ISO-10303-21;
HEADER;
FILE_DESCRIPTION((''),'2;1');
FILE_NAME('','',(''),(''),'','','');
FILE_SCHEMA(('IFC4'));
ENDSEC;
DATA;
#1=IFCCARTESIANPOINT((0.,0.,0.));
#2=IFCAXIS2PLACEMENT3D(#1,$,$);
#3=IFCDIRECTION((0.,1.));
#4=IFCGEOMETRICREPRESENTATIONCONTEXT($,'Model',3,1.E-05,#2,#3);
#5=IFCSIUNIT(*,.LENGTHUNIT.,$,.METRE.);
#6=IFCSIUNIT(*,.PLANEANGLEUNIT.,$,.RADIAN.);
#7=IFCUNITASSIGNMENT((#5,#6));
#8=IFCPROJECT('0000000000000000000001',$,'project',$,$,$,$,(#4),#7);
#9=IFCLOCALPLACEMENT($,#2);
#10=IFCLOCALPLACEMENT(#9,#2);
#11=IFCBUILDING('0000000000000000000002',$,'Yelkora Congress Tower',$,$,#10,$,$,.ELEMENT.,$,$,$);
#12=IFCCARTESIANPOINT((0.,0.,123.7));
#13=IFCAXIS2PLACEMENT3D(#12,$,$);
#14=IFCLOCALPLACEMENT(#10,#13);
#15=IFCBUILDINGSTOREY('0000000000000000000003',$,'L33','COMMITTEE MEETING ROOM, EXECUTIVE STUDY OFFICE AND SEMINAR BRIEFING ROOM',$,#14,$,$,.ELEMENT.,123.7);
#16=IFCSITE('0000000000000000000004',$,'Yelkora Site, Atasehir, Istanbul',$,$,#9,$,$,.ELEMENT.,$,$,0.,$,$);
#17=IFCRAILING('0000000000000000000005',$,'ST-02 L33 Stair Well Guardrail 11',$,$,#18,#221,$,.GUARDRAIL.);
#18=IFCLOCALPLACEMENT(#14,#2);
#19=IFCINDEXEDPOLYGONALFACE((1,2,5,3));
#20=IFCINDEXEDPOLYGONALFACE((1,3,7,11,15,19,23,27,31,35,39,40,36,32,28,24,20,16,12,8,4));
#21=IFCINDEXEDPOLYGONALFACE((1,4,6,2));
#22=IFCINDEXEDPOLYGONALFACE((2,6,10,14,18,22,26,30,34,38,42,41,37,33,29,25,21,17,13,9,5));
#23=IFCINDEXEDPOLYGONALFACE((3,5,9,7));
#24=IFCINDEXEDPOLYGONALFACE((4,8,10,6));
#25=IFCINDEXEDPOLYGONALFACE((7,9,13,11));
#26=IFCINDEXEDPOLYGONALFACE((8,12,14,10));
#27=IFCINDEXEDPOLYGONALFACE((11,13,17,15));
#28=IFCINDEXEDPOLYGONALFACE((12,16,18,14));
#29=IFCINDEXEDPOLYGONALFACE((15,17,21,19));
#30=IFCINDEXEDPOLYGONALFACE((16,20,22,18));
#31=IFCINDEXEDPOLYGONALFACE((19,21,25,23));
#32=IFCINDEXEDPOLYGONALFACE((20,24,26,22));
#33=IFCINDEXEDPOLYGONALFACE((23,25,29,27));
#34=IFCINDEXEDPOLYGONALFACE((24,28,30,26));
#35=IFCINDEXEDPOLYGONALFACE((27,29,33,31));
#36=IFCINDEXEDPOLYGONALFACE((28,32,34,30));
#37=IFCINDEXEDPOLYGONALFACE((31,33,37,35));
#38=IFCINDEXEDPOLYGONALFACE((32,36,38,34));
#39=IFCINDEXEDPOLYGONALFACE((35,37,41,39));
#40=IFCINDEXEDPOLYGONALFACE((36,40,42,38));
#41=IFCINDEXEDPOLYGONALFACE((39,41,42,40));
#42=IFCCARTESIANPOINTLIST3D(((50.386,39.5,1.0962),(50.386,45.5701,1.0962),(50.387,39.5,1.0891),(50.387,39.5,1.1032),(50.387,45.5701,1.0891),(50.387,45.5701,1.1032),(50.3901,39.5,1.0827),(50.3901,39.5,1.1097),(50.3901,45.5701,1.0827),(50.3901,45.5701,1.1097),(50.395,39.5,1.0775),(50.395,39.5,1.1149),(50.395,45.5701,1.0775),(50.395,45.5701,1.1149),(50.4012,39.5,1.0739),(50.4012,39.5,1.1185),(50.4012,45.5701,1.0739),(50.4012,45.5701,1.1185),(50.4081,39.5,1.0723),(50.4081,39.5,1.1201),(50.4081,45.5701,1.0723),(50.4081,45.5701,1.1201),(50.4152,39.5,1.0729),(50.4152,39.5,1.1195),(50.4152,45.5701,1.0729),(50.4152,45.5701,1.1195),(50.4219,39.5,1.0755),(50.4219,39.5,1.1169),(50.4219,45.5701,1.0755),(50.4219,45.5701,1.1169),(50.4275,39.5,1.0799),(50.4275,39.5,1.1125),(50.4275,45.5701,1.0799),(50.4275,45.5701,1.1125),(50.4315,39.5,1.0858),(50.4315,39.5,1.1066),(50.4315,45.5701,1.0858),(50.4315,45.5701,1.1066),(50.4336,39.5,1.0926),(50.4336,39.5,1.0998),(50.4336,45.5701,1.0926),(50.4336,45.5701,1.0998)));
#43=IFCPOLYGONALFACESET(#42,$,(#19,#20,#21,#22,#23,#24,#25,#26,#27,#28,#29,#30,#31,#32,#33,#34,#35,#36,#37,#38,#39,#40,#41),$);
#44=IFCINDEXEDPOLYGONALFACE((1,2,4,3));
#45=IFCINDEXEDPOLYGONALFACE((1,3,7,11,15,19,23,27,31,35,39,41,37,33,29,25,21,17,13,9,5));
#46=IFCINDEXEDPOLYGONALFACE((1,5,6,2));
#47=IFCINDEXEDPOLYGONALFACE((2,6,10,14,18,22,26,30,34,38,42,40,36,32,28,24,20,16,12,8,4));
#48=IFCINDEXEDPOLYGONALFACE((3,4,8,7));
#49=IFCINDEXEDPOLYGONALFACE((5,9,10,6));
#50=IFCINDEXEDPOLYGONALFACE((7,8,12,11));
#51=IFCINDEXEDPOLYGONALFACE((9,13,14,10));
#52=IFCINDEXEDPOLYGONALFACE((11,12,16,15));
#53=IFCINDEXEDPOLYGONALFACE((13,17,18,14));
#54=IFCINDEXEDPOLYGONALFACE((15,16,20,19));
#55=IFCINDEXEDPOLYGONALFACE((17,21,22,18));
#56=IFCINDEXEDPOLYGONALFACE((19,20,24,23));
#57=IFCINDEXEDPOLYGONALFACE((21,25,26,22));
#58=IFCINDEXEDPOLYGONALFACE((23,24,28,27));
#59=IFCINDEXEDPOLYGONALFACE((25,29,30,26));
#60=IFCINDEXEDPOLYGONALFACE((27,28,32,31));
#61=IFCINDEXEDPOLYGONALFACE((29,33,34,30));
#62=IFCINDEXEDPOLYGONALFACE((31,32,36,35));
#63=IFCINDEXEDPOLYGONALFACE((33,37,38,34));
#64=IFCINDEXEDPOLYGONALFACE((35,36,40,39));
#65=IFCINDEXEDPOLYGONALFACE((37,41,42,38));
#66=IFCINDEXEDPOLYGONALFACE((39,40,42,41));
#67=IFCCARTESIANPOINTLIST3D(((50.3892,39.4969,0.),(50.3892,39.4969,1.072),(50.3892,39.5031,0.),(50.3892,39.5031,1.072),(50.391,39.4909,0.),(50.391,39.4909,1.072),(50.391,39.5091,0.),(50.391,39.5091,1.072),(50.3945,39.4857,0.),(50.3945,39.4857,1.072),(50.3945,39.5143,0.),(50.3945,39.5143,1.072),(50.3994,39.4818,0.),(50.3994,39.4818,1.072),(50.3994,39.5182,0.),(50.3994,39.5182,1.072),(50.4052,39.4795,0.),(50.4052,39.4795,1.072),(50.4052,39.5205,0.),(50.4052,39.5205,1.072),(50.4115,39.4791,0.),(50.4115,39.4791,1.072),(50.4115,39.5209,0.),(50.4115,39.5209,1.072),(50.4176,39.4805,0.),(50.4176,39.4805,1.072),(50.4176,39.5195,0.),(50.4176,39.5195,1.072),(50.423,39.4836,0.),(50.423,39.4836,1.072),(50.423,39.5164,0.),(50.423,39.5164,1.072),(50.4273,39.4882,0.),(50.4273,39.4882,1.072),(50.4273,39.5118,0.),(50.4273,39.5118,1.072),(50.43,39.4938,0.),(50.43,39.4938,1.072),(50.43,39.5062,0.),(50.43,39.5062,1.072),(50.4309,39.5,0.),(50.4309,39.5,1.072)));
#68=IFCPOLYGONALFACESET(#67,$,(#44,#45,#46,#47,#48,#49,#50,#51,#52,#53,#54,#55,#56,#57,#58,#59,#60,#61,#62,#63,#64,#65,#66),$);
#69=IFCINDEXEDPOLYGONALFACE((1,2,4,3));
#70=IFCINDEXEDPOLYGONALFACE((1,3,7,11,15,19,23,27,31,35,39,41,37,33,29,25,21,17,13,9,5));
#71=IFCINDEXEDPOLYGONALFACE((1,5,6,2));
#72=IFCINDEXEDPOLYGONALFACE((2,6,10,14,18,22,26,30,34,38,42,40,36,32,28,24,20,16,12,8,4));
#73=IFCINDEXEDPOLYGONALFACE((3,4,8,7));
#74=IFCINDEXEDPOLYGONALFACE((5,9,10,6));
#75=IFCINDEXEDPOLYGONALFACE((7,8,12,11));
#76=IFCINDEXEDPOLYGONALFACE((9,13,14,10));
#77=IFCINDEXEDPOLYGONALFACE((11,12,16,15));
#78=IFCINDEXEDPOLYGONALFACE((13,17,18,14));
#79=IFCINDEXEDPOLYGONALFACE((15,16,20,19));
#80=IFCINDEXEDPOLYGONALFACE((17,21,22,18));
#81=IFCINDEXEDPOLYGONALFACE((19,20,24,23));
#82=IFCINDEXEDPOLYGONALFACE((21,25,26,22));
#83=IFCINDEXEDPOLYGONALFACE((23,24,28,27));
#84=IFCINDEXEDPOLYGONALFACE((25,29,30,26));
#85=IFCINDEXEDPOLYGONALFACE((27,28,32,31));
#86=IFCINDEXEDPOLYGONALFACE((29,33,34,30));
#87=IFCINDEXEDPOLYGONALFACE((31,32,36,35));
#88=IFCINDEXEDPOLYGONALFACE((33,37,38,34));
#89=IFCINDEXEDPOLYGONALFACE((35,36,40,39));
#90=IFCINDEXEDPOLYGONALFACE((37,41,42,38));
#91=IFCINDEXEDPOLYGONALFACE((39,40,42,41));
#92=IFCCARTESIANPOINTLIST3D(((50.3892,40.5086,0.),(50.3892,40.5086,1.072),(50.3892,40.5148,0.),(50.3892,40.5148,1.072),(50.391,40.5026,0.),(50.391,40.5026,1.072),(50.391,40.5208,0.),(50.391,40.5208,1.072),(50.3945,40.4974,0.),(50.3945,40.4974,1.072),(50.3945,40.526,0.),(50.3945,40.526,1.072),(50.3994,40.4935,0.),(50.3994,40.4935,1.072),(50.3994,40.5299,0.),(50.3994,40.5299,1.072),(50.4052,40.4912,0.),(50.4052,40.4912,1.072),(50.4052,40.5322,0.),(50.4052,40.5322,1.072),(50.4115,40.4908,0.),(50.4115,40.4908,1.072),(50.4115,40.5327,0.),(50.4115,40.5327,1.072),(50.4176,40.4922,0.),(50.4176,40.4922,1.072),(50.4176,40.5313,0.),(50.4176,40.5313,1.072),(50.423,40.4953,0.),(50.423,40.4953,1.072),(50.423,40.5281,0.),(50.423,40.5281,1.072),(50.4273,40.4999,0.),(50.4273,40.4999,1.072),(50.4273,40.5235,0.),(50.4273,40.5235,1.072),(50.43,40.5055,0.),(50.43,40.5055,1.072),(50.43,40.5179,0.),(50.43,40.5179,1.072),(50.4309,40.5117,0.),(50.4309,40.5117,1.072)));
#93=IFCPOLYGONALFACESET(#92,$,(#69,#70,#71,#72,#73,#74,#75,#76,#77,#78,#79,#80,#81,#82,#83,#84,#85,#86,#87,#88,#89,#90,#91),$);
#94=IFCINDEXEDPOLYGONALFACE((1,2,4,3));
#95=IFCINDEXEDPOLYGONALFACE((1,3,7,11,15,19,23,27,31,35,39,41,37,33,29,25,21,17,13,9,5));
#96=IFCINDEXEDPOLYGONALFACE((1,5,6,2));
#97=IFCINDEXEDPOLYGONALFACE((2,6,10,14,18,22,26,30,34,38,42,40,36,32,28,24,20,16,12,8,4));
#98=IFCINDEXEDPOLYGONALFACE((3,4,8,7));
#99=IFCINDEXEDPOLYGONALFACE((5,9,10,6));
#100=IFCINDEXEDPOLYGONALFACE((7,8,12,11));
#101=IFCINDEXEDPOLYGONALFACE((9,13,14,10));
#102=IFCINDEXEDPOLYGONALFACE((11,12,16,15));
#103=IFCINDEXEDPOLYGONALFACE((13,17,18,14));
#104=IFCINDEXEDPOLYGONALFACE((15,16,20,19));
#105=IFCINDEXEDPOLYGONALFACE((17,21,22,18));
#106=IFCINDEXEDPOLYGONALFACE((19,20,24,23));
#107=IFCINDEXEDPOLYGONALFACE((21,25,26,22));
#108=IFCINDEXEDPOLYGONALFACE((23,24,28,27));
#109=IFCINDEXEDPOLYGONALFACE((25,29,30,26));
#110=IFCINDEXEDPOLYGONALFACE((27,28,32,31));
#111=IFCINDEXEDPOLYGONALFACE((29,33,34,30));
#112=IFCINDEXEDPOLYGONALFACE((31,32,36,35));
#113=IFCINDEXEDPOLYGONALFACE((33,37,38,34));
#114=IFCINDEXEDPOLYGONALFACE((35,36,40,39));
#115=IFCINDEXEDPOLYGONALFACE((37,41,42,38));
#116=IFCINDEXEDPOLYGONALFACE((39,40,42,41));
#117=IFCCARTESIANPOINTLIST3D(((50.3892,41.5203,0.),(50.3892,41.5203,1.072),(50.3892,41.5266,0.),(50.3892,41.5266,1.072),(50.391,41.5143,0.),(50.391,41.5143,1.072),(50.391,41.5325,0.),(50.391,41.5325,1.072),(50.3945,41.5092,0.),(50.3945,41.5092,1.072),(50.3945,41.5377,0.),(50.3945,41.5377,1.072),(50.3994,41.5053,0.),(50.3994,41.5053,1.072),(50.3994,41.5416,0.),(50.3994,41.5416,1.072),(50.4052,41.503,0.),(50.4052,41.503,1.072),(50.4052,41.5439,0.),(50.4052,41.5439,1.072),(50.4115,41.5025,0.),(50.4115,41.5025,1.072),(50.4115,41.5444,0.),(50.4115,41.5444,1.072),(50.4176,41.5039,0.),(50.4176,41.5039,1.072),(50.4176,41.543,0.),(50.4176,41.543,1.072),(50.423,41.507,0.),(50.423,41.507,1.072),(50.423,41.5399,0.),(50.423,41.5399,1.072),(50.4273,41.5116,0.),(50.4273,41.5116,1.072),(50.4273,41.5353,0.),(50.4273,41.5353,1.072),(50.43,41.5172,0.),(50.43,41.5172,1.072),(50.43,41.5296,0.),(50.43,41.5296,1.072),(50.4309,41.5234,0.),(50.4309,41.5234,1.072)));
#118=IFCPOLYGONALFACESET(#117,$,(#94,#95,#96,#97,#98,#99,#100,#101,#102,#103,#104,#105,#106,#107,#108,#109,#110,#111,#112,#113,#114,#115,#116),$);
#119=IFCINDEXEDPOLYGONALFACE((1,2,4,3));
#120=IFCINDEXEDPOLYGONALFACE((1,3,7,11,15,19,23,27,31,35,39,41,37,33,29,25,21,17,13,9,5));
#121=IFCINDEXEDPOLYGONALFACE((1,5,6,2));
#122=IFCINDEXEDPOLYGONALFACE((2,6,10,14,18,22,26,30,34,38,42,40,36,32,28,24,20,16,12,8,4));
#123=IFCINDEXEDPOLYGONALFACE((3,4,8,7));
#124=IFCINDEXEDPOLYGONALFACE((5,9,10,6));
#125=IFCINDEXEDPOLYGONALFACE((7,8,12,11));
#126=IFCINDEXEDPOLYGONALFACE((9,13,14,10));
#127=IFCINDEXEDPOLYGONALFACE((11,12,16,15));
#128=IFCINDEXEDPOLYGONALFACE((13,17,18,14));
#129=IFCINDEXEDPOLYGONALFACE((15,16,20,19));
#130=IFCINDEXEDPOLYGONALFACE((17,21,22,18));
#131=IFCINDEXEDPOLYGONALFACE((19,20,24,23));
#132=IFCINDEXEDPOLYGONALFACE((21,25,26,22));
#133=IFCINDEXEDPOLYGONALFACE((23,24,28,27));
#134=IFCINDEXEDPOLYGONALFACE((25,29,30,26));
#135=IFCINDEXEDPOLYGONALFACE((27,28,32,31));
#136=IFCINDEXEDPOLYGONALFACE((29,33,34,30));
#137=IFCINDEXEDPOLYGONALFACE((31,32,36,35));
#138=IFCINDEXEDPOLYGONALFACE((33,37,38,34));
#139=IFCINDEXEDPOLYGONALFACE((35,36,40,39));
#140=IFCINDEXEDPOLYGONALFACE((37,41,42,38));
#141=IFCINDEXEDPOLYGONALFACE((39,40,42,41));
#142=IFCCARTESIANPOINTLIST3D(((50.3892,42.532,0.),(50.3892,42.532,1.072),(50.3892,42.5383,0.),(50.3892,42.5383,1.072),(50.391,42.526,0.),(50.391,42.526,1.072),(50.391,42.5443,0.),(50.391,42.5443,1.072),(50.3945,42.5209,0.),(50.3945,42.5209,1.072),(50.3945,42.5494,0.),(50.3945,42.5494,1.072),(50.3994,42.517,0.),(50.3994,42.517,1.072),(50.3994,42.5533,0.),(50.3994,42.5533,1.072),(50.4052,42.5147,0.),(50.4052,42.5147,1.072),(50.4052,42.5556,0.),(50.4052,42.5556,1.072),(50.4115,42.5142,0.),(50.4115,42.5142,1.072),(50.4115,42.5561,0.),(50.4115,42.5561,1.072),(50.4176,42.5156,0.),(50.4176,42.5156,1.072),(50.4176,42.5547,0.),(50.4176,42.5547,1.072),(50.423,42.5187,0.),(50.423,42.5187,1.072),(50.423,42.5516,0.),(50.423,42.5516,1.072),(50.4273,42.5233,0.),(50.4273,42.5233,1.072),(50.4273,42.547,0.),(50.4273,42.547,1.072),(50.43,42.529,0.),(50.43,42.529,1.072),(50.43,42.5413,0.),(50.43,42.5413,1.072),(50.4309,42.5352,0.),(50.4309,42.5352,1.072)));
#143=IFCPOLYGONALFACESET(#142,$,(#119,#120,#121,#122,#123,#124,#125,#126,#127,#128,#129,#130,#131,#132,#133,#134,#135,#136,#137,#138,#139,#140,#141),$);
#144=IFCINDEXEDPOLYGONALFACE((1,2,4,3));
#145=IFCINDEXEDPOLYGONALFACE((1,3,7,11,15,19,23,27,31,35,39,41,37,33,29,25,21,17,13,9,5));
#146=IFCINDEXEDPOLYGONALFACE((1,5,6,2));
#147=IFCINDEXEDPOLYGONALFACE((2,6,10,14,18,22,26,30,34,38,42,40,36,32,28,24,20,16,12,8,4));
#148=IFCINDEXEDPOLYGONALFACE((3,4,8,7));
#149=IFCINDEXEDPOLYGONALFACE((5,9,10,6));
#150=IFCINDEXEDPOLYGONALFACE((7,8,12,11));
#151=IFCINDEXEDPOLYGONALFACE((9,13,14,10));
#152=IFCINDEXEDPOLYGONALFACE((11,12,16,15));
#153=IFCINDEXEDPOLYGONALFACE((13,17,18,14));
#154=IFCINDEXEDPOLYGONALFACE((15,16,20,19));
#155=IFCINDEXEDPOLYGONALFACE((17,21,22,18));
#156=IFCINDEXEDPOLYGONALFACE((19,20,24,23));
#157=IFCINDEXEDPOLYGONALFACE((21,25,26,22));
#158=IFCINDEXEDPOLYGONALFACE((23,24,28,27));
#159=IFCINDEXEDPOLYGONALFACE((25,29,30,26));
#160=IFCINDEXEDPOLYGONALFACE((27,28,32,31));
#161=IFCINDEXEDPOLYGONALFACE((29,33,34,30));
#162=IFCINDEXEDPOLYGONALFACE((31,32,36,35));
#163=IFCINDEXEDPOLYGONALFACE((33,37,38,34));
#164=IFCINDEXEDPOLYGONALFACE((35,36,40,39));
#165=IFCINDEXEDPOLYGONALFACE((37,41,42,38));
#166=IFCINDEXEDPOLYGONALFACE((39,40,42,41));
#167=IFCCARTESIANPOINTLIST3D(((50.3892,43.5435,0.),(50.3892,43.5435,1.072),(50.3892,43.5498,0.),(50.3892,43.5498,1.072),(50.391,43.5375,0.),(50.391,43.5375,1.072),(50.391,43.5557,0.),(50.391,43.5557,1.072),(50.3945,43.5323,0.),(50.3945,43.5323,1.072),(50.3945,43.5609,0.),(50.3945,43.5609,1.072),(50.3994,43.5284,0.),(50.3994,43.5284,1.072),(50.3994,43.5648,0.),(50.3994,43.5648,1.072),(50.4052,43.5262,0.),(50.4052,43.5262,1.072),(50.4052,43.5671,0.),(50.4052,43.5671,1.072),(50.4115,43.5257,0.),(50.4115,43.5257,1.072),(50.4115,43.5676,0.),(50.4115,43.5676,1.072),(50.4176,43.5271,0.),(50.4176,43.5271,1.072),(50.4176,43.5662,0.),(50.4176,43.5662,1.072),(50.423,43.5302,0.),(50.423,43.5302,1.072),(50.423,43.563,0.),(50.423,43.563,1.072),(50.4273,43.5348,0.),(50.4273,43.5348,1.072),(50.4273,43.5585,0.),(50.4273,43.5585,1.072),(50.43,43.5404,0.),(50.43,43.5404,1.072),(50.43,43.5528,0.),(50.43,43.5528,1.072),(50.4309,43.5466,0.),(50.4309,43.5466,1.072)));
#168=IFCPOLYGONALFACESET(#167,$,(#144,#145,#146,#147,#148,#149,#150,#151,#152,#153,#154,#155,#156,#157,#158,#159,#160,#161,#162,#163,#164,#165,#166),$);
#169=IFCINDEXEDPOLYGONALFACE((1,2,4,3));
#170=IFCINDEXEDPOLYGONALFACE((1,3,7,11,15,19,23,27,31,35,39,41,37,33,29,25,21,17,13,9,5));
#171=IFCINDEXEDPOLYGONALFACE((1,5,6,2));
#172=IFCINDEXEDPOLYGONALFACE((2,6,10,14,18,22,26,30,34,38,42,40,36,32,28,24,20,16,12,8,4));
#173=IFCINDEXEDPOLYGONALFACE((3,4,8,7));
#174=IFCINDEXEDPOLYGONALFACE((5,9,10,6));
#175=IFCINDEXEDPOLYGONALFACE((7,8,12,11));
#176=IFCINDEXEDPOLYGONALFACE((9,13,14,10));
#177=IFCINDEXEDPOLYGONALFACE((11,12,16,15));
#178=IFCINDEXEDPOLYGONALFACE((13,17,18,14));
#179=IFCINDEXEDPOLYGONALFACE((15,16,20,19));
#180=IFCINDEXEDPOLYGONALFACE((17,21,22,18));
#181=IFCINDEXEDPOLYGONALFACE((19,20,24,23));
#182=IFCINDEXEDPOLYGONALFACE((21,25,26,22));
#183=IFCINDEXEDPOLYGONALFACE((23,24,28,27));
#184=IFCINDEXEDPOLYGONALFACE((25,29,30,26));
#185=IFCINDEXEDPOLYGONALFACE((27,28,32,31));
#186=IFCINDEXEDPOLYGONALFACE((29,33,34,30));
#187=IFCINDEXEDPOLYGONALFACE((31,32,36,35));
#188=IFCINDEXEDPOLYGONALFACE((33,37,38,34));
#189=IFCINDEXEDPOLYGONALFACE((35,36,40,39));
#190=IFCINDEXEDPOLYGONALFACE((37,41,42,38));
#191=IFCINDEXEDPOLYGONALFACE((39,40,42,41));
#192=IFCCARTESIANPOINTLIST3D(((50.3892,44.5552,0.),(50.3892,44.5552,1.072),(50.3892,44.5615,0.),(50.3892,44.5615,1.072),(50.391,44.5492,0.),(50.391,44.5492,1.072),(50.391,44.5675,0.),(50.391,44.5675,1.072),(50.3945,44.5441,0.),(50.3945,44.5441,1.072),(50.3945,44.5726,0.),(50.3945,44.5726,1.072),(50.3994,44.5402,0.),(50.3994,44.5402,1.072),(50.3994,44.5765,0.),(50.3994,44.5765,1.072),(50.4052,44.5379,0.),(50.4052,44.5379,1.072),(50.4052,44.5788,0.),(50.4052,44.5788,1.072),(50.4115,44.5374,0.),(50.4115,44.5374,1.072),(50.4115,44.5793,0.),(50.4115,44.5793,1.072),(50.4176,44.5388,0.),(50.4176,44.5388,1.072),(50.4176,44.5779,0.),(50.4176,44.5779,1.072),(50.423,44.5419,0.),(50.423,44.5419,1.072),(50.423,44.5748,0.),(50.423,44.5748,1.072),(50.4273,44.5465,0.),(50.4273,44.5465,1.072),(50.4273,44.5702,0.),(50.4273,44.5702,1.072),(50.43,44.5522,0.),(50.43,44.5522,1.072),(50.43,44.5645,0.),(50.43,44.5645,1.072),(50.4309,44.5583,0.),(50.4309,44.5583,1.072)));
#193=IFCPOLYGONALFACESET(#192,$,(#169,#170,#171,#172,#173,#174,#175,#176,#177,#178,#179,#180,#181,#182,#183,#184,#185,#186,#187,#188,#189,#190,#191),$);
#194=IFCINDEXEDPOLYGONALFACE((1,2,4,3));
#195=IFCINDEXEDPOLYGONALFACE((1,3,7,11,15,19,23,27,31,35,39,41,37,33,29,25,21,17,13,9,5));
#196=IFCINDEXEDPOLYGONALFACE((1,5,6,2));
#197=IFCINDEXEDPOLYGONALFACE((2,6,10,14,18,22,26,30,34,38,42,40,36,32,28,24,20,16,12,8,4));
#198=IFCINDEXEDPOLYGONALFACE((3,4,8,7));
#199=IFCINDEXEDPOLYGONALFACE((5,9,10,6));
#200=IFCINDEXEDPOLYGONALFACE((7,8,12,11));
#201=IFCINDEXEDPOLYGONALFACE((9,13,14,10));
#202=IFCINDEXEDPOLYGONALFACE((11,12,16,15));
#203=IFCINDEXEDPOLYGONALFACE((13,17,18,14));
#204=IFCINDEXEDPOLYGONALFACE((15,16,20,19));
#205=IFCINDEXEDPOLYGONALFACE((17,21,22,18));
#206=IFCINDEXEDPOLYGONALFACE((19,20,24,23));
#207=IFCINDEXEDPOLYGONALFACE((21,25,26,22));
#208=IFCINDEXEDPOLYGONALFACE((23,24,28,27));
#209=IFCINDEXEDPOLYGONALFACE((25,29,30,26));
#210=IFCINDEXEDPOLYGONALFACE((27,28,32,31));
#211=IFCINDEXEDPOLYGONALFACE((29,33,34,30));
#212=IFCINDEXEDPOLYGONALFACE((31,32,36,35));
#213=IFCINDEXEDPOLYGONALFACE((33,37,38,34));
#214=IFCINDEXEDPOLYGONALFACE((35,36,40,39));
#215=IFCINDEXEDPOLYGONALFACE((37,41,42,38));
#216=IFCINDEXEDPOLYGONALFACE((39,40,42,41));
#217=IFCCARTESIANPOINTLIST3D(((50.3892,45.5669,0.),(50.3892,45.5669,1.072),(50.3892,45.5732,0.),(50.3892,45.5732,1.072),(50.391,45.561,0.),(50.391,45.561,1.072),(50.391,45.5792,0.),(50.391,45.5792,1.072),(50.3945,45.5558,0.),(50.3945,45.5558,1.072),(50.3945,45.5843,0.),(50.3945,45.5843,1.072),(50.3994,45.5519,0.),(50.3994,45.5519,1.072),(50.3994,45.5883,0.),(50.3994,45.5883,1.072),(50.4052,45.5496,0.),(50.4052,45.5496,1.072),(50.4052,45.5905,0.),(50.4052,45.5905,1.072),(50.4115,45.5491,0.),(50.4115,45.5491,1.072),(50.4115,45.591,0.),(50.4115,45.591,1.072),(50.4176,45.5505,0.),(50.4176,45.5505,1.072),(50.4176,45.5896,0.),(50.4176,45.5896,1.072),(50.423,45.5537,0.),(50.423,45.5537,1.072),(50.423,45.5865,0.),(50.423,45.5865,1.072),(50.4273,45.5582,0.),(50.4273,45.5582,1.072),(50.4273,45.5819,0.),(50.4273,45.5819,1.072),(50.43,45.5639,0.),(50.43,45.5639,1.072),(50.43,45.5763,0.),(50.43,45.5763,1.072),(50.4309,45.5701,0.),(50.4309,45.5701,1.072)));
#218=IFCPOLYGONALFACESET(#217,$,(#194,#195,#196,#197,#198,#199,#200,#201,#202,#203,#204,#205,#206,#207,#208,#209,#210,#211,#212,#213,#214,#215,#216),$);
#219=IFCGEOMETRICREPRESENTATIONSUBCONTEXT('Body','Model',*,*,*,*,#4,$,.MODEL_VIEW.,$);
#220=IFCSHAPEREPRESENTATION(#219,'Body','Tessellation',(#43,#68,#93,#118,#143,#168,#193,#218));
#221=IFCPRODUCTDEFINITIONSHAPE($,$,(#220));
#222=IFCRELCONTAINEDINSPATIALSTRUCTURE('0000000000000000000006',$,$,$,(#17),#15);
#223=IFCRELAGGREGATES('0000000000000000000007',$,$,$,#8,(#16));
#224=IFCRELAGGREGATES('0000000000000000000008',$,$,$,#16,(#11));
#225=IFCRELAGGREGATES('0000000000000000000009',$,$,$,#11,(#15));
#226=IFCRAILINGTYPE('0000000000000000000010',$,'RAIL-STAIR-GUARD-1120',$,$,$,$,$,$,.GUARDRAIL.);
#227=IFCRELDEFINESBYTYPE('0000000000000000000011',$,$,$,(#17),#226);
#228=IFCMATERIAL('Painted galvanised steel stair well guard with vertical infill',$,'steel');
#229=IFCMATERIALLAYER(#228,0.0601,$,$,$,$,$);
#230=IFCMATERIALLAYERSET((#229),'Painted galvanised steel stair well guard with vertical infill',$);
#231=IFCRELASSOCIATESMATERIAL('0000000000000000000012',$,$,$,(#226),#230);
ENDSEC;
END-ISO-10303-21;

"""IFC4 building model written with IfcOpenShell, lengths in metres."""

from ifc_helpers import new_model, si_unit, direction, frame, origin, origin_2d, place, context, subcontext, project, spatial, circle, extrude, material, layer, layer_set, type_object, element, save


model = new_model("IFC4")

# Units and contexts
model_context = context("Model", 3, precision=1e-05, world=origin(), true_north=direction((0.0, 1.0)))
body_context = subcontext(model_context, "Body", "Model", "MODEL_VIEW")
ifc_project = project(units=[si_unit("LENGTHUNIT", "METRE"), si_unit("PLANEANGLEUNIT", "RADIAN")], contexts=[model_context])

# Site, building, storey
site_placement = place(None, origin())
site = spatial("IfcSite", under=ifc_project, at=site_placement, Name="Yelkora Site, Atasehir, Istanbul", CompositionType="ELEMENT", RefElevation=0.0)
building_placement = place(site_placement, origin())
building = spatial("IfcBuilding", under=site, at=building_placement, Name="Yelkora Congress Tower", CompositionType="ELEMENT")
storey_placement = place(building_placement, frame((0.0, 0.0, 123.7)))
storey = spatial("IfcBuildingStorey", under=building, at=storey_placement, Name="L33", Description="COMMITTEE MEETING ROOM, EXECUTIVE STUDY OFFICE AND SEMINAR BRIEFING ROOM", CompositionType="ELEMENT", Elevation=123.7)

# Railing
ifc_material_1 = material(Name="Painted galvanised steel stair well guard with vertical infill", Category="steel")
ifc_layer_1 = layer(ifc_material_1, 0.0601)
ifc_layer_set_1 = layer_set([ifc_layer_1], Name="Painted galvanised steel stair well guard with vertical infill")
railing_type_1 = type_object("IfcRailingType", Name="RAIL-STAIR-GUARD-1120", PredefinedType="GUARDRAIL", material=ifc_layer_set_1)
railing_1_placement = place(storey_placement, frame((50.4099, 39.5, 0.0)))
element("IfcRailing", 1, at=railing_1_placement, inside=storey, type_object=railing_type_1, Name="ST-02 L33 Stair Well Guardrail 11", PredefinedType="GUARDRAIL", context=body_context, shape_type="SweptSolid", body=[
    extrude(circle(Radius=0.0239, at=origin_2d()), frame((0.0, 0.0, 1.0962), z_axis=(0.0, 1.0, 0.0), x_axis=(-1.0, 0.0, 0.0)), (0.0, 0.0, 1.0), 6.0701),
    extrude(circle(Radius=0.021, at=origin_2d()), origin(), (0.0, 0.0, 1.0), 1.072),
    extrude(circle(Radius=0.021, at=origin_2d()), frame((0.0, 1.0117, 0.0)), (0.0, 0.0, 1.0), 1.072),
    extrude(circle(Radius=0.021, at=origin_2d()), frame((0.0, 2.0234, 0.0)), (0.0, 0.0, 1.0), 1.072),
    extrude(circle(Radius=0.021, at=origin_2d()), frame((0.0, 3.0352, 0.0)), (0.0, 0.0, 1.0), 1.072),
    extrude(circle(Radius=0.021, at=origin_2d()), frame((0.0, 4.0466, 0.0)), (0.0, 0.0, 1.0), 1.072),
    extrude(circle(Radius=0.021, at=origin_2d()), frame((0.0, 5.0583, 0.0)), (0.0, 0.0, 1.0), 1.072),
    extrude(circle(Radius=0.021, at=origin_2d()), frame((0.0, 6.0701, 0.0)), (0.0, 0.0, 1.0), 1.072),
])

save(model, "model.ifc")
